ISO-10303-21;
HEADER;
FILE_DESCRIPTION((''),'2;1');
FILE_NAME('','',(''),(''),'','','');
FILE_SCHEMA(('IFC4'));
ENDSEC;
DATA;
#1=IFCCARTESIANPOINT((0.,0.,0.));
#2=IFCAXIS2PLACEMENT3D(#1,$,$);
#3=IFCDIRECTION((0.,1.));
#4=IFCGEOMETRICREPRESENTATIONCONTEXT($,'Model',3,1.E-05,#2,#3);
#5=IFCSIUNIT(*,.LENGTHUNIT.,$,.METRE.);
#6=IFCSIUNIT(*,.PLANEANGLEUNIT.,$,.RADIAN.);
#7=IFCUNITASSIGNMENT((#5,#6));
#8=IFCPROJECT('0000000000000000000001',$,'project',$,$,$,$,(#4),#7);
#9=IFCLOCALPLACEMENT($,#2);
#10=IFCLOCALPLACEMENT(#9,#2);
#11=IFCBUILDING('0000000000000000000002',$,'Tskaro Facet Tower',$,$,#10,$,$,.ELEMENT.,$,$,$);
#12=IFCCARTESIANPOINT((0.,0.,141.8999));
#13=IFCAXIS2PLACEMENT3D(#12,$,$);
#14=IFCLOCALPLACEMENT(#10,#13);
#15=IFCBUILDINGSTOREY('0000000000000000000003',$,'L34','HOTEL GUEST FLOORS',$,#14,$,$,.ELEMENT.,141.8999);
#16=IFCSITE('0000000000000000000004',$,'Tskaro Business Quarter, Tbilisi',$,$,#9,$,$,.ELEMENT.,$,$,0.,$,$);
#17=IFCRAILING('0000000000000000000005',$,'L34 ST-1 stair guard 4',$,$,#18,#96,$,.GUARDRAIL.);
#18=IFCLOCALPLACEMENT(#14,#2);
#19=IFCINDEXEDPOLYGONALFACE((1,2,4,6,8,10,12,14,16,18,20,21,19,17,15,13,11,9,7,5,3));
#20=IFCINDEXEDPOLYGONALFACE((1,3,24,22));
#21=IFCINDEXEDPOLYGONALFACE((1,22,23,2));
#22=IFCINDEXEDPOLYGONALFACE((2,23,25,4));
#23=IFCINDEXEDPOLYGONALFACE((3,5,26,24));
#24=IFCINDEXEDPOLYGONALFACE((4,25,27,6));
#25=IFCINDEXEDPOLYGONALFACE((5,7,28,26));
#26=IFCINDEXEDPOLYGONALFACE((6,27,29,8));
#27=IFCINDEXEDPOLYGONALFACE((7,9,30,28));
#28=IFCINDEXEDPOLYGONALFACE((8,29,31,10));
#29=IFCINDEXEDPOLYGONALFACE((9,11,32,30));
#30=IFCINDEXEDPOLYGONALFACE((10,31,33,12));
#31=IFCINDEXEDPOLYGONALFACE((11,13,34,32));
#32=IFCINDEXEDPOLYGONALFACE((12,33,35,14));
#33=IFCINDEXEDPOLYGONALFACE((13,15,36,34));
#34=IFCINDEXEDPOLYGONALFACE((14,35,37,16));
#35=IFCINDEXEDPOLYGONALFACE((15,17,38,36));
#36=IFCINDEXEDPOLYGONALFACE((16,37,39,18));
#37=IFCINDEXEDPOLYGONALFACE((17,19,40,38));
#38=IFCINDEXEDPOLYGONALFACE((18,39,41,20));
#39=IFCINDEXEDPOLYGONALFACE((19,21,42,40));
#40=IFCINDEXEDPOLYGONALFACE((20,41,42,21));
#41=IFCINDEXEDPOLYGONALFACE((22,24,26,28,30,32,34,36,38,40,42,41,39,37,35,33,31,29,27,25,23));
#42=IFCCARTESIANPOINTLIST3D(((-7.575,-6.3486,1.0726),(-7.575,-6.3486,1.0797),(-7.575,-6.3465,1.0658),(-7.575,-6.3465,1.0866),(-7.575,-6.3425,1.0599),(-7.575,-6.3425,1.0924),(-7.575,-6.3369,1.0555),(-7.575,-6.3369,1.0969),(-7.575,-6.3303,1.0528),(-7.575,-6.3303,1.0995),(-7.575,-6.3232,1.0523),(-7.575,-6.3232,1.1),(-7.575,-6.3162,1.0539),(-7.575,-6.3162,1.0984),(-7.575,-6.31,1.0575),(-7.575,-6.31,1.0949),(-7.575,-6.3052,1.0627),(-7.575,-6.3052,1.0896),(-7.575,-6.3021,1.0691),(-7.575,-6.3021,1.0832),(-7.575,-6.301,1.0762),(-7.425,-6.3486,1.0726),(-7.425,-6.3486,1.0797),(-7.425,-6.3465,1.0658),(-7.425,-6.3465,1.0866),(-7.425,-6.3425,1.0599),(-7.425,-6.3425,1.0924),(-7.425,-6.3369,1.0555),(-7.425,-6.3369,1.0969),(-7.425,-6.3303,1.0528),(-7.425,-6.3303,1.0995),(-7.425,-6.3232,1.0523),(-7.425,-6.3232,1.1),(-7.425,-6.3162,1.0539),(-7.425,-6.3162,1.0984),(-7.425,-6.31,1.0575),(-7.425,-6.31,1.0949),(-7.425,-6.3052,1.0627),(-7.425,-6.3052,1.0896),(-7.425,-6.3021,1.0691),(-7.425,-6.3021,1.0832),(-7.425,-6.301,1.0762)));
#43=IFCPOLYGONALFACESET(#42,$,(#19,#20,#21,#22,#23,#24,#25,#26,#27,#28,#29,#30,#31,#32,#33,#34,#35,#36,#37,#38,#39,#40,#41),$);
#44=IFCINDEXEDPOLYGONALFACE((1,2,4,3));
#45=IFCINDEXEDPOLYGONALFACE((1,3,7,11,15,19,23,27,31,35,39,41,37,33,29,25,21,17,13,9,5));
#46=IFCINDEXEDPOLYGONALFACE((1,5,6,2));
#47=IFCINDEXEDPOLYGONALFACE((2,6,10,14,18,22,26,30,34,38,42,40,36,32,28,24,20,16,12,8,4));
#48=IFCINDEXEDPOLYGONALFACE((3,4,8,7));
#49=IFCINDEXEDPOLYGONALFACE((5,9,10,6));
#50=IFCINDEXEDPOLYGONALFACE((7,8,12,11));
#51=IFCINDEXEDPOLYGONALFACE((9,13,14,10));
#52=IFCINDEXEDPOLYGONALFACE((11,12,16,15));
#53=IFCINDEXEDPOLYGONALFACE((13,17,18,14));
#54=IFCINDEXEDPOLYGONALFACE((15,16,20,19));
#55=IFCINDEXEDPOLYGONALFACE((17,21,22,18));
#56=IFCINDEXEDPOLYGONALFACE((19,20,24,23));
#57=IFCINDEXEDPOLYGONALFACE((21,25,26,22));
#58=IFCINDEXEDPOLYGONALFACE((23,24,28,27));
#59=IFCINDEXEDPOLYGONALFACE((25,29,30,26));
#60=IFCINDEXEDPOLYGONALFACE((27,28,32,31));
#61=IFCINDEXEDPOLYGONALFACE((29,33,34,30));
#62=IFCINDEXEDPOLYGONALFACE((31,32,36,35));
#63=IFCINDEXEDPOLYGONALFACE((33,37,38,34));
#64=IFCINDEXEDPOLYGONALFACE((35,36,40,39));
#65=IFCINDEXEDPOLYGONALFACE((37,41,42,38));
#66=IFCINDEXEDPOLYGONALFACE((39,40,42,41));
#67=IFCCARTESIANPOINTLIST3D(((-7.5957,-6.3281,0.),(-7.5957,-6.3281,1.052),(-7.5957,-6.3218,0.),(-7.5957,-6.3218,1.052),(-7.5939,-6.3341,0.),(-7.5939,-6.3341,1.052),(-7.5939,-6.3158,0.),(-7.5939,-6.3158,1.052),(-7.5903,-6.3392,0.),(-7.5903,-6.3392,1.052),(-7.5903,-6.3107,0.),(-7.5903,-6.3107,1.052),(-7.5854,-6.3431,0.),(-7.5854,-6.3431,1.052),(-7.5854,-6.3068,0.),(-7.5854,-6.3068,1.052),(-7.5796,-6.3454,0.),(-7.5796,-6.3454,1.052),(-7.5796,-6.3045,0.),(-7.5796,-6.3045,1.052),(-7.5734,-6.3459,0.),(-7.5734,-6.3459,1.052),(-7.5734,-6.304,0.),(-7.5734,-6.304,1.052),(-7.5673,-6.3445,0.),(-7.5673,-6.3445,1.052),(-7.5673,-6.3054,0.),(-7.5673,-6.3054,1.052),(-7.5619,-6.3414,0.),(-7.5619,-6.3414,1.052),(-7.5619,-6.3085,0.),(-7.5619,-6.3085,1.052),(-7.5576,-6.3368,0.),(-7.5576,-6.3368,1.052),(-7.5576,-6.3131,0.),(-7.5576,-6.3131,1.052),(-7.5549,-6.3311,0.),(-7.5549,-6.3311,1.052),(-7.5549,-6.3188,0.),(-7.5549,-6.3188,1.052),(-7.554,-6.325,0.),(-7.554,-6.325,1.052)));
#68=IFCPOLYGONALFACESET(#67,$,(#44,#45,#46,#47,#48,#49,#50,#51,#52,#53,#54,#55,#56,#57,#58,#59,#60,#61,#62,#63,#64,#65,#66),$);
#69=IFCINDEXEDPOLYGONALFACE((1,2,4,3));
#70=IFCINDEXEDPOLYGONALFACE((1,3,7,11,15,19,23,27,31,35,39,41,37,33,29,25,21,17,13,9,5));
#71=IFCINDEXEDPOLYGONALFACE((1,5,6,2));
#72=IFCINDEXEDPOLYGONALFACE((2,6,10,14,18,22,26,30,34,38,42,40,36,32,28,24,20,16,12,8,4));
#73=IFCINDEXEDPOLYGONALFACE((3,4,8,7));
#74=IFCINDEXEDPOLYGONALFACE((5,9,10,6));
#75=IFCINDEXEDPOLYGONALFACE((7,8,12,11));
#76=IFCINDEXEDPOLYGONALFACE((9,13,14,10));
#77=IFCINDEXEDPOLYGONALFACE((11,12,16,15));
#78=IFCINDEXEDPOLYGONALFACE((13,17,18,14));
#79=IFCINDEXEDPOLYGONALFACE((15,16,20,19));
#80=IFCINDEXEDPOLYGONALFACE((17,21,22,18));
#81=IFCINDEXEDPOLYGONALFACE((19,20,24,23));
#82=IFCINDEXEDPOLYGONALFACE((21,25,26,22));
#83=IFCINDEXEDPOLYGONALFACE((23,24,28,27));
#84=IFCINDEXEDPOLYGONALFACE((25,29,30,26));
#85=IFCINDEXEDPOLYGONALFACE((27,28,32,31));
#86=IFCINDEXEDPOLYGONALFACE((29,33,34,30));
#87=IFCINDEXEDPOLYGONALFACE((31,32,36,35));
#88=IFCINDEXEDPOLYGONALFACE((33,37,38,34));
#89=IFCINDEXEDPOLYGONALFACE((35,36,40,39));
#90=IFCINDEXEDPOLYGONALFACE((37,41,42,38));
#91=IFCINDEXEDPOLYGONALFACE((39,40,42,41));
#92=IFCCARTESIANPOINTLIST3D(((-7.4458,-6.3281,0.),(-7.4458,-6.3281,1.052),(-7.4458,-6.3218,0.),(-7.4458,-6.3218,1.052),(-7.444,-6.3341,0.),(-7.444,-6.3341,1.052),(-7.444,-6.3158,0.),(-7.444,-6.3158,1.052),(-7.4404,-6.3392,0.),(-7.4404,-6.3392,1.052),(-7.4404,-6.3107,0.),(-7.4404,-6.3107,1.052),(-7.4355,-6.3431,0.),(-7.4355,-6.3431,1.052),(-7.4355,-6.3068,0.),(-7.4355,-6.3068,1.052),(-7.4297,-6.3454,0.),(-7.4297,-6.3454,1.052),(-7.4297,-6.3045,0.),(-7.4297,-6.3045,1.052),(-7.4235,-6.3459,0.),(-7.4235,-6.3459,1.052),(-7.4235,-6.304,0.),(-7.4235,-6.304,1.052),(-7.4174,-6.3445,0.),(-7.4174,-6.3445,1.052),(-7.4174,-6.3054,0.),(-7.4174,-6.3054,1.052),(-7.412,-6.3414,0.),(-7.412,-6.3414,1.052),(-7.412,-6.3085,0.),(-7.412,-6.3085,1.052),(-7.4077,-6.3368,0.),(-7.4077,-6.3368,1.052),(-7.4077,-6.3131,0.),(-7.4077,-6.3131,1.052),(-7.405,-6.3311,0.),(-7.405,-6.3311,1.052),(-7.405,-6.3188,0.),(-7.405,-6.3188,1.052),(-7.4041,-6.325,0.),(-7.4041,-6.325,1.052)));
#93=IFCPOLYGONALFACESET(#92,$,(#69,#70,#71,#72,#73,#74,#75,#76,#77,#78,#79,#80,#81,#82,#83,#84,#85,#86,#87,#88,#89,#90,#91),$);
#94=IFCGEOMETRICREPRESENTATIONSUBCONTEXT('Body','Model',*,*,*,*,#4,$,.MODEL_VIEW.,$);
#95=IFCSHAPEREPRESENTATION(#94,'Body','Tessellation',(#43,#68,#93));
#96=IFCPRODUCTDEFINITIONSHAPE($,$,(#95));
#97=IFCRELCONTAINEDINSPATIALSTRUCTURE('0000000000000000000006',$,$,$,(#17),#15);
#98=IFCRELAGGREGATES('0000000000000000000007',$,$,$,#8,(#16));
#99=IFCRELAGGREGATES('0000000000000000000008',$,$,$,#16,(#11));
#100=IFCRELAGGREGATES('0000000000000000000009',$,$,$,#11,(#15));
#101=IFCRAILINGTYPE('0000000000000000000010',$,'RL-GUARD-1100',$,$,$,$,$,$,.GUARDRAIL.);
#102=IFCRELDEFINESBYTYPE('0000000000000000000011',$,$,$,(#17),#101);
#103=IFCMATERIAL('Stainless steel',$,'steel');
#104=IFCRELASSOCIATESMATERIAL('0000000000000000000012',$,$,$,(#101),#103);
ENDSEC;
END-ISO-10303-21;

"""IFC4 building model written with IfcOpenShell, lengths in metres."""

from ifc_helpers import new_model, si_unit, direction, frame, origin, origin_2d, place, context, subcontext, project, spatial, circle, extrude, material, type_object, element, save


model = new_model("IFC4")

# Units and contexts
model_context = context("Model", 3, precision=1e-05, world=origin(), true_north=direction((0.0, 1.0)))
body_context = subcontext(model_context, "Body", "Model", "MODEL_VIEW")
ifc_project = project(units=[si_unit("LENGTHUNIT", "METRE"), si_unit("PLANEANGLEUNIT", "RADIAN")], contexts=[model_context])

# Site, building, storey
site_placement = place(None, origin())
site = spatial("IfcSite", under=ifc_project, at=site_placement, Name="Tskaro Business Quarter, Tbilisi", CompositionType="ELEMENT", RefElevation=0.0)
building_placement = place(site_placement, origin())
building = spatial("IfcBuilding", under=site, at=building_placement, Name="Tskaro Facet Tower", CompositionType="ELEMENT")
storey_placement = place(building_placement, frame((0.0, 0.0, 141.8999)))
storey = spatial("IfcBuildingStorey", under=building, at=storey_placement, Name="L34", Description="HOTEL GUEST FLOORS", CompositionType="ELEMENT", Elevation=141.8999)

# Shared definitions
ifc_material_1 = material(Name="Stainless steel", Category="steel")

# Railing
railing_type_1 = type_object("IfcRailingType", Name="RL-GUARD-1100", PredefinedType="GUARDRAIL", material=ifc_material_1)
railing_1_placement = place(storey_placement, frame((-7.575, -6.325, 0.0)))
element("IfcRailing", 1, at=railing_1_placement, inside=storey, type_object=railing_type_1, Name="L34 ST-1 stair guard 4", PredefinedType="GUARDRAIL", context=body_context, shape_type="SweptSolid", body=[
    extrude(circle(Radius=0.0239, at=origin_2d()), frame((0.0, 0.0, 1.0762), z_axis=(1.0, 0.0, 0.0), x_axis=(0.0, 1.0, 0.0)), (0.0, 0.0, 1.0), 0.1499),
    extrude(circle(Radius=0.021, at=origin_2d()), origin(), (0.0, 0.0, 1.0), 1.052),
    extrude(circle(Radius=0.021, at=origin_2d()), frame((0.1499, 0.0, 0.0)), (0.0, 0.0, 1.0), 1.052),
])

save(model, "model.ifc")
